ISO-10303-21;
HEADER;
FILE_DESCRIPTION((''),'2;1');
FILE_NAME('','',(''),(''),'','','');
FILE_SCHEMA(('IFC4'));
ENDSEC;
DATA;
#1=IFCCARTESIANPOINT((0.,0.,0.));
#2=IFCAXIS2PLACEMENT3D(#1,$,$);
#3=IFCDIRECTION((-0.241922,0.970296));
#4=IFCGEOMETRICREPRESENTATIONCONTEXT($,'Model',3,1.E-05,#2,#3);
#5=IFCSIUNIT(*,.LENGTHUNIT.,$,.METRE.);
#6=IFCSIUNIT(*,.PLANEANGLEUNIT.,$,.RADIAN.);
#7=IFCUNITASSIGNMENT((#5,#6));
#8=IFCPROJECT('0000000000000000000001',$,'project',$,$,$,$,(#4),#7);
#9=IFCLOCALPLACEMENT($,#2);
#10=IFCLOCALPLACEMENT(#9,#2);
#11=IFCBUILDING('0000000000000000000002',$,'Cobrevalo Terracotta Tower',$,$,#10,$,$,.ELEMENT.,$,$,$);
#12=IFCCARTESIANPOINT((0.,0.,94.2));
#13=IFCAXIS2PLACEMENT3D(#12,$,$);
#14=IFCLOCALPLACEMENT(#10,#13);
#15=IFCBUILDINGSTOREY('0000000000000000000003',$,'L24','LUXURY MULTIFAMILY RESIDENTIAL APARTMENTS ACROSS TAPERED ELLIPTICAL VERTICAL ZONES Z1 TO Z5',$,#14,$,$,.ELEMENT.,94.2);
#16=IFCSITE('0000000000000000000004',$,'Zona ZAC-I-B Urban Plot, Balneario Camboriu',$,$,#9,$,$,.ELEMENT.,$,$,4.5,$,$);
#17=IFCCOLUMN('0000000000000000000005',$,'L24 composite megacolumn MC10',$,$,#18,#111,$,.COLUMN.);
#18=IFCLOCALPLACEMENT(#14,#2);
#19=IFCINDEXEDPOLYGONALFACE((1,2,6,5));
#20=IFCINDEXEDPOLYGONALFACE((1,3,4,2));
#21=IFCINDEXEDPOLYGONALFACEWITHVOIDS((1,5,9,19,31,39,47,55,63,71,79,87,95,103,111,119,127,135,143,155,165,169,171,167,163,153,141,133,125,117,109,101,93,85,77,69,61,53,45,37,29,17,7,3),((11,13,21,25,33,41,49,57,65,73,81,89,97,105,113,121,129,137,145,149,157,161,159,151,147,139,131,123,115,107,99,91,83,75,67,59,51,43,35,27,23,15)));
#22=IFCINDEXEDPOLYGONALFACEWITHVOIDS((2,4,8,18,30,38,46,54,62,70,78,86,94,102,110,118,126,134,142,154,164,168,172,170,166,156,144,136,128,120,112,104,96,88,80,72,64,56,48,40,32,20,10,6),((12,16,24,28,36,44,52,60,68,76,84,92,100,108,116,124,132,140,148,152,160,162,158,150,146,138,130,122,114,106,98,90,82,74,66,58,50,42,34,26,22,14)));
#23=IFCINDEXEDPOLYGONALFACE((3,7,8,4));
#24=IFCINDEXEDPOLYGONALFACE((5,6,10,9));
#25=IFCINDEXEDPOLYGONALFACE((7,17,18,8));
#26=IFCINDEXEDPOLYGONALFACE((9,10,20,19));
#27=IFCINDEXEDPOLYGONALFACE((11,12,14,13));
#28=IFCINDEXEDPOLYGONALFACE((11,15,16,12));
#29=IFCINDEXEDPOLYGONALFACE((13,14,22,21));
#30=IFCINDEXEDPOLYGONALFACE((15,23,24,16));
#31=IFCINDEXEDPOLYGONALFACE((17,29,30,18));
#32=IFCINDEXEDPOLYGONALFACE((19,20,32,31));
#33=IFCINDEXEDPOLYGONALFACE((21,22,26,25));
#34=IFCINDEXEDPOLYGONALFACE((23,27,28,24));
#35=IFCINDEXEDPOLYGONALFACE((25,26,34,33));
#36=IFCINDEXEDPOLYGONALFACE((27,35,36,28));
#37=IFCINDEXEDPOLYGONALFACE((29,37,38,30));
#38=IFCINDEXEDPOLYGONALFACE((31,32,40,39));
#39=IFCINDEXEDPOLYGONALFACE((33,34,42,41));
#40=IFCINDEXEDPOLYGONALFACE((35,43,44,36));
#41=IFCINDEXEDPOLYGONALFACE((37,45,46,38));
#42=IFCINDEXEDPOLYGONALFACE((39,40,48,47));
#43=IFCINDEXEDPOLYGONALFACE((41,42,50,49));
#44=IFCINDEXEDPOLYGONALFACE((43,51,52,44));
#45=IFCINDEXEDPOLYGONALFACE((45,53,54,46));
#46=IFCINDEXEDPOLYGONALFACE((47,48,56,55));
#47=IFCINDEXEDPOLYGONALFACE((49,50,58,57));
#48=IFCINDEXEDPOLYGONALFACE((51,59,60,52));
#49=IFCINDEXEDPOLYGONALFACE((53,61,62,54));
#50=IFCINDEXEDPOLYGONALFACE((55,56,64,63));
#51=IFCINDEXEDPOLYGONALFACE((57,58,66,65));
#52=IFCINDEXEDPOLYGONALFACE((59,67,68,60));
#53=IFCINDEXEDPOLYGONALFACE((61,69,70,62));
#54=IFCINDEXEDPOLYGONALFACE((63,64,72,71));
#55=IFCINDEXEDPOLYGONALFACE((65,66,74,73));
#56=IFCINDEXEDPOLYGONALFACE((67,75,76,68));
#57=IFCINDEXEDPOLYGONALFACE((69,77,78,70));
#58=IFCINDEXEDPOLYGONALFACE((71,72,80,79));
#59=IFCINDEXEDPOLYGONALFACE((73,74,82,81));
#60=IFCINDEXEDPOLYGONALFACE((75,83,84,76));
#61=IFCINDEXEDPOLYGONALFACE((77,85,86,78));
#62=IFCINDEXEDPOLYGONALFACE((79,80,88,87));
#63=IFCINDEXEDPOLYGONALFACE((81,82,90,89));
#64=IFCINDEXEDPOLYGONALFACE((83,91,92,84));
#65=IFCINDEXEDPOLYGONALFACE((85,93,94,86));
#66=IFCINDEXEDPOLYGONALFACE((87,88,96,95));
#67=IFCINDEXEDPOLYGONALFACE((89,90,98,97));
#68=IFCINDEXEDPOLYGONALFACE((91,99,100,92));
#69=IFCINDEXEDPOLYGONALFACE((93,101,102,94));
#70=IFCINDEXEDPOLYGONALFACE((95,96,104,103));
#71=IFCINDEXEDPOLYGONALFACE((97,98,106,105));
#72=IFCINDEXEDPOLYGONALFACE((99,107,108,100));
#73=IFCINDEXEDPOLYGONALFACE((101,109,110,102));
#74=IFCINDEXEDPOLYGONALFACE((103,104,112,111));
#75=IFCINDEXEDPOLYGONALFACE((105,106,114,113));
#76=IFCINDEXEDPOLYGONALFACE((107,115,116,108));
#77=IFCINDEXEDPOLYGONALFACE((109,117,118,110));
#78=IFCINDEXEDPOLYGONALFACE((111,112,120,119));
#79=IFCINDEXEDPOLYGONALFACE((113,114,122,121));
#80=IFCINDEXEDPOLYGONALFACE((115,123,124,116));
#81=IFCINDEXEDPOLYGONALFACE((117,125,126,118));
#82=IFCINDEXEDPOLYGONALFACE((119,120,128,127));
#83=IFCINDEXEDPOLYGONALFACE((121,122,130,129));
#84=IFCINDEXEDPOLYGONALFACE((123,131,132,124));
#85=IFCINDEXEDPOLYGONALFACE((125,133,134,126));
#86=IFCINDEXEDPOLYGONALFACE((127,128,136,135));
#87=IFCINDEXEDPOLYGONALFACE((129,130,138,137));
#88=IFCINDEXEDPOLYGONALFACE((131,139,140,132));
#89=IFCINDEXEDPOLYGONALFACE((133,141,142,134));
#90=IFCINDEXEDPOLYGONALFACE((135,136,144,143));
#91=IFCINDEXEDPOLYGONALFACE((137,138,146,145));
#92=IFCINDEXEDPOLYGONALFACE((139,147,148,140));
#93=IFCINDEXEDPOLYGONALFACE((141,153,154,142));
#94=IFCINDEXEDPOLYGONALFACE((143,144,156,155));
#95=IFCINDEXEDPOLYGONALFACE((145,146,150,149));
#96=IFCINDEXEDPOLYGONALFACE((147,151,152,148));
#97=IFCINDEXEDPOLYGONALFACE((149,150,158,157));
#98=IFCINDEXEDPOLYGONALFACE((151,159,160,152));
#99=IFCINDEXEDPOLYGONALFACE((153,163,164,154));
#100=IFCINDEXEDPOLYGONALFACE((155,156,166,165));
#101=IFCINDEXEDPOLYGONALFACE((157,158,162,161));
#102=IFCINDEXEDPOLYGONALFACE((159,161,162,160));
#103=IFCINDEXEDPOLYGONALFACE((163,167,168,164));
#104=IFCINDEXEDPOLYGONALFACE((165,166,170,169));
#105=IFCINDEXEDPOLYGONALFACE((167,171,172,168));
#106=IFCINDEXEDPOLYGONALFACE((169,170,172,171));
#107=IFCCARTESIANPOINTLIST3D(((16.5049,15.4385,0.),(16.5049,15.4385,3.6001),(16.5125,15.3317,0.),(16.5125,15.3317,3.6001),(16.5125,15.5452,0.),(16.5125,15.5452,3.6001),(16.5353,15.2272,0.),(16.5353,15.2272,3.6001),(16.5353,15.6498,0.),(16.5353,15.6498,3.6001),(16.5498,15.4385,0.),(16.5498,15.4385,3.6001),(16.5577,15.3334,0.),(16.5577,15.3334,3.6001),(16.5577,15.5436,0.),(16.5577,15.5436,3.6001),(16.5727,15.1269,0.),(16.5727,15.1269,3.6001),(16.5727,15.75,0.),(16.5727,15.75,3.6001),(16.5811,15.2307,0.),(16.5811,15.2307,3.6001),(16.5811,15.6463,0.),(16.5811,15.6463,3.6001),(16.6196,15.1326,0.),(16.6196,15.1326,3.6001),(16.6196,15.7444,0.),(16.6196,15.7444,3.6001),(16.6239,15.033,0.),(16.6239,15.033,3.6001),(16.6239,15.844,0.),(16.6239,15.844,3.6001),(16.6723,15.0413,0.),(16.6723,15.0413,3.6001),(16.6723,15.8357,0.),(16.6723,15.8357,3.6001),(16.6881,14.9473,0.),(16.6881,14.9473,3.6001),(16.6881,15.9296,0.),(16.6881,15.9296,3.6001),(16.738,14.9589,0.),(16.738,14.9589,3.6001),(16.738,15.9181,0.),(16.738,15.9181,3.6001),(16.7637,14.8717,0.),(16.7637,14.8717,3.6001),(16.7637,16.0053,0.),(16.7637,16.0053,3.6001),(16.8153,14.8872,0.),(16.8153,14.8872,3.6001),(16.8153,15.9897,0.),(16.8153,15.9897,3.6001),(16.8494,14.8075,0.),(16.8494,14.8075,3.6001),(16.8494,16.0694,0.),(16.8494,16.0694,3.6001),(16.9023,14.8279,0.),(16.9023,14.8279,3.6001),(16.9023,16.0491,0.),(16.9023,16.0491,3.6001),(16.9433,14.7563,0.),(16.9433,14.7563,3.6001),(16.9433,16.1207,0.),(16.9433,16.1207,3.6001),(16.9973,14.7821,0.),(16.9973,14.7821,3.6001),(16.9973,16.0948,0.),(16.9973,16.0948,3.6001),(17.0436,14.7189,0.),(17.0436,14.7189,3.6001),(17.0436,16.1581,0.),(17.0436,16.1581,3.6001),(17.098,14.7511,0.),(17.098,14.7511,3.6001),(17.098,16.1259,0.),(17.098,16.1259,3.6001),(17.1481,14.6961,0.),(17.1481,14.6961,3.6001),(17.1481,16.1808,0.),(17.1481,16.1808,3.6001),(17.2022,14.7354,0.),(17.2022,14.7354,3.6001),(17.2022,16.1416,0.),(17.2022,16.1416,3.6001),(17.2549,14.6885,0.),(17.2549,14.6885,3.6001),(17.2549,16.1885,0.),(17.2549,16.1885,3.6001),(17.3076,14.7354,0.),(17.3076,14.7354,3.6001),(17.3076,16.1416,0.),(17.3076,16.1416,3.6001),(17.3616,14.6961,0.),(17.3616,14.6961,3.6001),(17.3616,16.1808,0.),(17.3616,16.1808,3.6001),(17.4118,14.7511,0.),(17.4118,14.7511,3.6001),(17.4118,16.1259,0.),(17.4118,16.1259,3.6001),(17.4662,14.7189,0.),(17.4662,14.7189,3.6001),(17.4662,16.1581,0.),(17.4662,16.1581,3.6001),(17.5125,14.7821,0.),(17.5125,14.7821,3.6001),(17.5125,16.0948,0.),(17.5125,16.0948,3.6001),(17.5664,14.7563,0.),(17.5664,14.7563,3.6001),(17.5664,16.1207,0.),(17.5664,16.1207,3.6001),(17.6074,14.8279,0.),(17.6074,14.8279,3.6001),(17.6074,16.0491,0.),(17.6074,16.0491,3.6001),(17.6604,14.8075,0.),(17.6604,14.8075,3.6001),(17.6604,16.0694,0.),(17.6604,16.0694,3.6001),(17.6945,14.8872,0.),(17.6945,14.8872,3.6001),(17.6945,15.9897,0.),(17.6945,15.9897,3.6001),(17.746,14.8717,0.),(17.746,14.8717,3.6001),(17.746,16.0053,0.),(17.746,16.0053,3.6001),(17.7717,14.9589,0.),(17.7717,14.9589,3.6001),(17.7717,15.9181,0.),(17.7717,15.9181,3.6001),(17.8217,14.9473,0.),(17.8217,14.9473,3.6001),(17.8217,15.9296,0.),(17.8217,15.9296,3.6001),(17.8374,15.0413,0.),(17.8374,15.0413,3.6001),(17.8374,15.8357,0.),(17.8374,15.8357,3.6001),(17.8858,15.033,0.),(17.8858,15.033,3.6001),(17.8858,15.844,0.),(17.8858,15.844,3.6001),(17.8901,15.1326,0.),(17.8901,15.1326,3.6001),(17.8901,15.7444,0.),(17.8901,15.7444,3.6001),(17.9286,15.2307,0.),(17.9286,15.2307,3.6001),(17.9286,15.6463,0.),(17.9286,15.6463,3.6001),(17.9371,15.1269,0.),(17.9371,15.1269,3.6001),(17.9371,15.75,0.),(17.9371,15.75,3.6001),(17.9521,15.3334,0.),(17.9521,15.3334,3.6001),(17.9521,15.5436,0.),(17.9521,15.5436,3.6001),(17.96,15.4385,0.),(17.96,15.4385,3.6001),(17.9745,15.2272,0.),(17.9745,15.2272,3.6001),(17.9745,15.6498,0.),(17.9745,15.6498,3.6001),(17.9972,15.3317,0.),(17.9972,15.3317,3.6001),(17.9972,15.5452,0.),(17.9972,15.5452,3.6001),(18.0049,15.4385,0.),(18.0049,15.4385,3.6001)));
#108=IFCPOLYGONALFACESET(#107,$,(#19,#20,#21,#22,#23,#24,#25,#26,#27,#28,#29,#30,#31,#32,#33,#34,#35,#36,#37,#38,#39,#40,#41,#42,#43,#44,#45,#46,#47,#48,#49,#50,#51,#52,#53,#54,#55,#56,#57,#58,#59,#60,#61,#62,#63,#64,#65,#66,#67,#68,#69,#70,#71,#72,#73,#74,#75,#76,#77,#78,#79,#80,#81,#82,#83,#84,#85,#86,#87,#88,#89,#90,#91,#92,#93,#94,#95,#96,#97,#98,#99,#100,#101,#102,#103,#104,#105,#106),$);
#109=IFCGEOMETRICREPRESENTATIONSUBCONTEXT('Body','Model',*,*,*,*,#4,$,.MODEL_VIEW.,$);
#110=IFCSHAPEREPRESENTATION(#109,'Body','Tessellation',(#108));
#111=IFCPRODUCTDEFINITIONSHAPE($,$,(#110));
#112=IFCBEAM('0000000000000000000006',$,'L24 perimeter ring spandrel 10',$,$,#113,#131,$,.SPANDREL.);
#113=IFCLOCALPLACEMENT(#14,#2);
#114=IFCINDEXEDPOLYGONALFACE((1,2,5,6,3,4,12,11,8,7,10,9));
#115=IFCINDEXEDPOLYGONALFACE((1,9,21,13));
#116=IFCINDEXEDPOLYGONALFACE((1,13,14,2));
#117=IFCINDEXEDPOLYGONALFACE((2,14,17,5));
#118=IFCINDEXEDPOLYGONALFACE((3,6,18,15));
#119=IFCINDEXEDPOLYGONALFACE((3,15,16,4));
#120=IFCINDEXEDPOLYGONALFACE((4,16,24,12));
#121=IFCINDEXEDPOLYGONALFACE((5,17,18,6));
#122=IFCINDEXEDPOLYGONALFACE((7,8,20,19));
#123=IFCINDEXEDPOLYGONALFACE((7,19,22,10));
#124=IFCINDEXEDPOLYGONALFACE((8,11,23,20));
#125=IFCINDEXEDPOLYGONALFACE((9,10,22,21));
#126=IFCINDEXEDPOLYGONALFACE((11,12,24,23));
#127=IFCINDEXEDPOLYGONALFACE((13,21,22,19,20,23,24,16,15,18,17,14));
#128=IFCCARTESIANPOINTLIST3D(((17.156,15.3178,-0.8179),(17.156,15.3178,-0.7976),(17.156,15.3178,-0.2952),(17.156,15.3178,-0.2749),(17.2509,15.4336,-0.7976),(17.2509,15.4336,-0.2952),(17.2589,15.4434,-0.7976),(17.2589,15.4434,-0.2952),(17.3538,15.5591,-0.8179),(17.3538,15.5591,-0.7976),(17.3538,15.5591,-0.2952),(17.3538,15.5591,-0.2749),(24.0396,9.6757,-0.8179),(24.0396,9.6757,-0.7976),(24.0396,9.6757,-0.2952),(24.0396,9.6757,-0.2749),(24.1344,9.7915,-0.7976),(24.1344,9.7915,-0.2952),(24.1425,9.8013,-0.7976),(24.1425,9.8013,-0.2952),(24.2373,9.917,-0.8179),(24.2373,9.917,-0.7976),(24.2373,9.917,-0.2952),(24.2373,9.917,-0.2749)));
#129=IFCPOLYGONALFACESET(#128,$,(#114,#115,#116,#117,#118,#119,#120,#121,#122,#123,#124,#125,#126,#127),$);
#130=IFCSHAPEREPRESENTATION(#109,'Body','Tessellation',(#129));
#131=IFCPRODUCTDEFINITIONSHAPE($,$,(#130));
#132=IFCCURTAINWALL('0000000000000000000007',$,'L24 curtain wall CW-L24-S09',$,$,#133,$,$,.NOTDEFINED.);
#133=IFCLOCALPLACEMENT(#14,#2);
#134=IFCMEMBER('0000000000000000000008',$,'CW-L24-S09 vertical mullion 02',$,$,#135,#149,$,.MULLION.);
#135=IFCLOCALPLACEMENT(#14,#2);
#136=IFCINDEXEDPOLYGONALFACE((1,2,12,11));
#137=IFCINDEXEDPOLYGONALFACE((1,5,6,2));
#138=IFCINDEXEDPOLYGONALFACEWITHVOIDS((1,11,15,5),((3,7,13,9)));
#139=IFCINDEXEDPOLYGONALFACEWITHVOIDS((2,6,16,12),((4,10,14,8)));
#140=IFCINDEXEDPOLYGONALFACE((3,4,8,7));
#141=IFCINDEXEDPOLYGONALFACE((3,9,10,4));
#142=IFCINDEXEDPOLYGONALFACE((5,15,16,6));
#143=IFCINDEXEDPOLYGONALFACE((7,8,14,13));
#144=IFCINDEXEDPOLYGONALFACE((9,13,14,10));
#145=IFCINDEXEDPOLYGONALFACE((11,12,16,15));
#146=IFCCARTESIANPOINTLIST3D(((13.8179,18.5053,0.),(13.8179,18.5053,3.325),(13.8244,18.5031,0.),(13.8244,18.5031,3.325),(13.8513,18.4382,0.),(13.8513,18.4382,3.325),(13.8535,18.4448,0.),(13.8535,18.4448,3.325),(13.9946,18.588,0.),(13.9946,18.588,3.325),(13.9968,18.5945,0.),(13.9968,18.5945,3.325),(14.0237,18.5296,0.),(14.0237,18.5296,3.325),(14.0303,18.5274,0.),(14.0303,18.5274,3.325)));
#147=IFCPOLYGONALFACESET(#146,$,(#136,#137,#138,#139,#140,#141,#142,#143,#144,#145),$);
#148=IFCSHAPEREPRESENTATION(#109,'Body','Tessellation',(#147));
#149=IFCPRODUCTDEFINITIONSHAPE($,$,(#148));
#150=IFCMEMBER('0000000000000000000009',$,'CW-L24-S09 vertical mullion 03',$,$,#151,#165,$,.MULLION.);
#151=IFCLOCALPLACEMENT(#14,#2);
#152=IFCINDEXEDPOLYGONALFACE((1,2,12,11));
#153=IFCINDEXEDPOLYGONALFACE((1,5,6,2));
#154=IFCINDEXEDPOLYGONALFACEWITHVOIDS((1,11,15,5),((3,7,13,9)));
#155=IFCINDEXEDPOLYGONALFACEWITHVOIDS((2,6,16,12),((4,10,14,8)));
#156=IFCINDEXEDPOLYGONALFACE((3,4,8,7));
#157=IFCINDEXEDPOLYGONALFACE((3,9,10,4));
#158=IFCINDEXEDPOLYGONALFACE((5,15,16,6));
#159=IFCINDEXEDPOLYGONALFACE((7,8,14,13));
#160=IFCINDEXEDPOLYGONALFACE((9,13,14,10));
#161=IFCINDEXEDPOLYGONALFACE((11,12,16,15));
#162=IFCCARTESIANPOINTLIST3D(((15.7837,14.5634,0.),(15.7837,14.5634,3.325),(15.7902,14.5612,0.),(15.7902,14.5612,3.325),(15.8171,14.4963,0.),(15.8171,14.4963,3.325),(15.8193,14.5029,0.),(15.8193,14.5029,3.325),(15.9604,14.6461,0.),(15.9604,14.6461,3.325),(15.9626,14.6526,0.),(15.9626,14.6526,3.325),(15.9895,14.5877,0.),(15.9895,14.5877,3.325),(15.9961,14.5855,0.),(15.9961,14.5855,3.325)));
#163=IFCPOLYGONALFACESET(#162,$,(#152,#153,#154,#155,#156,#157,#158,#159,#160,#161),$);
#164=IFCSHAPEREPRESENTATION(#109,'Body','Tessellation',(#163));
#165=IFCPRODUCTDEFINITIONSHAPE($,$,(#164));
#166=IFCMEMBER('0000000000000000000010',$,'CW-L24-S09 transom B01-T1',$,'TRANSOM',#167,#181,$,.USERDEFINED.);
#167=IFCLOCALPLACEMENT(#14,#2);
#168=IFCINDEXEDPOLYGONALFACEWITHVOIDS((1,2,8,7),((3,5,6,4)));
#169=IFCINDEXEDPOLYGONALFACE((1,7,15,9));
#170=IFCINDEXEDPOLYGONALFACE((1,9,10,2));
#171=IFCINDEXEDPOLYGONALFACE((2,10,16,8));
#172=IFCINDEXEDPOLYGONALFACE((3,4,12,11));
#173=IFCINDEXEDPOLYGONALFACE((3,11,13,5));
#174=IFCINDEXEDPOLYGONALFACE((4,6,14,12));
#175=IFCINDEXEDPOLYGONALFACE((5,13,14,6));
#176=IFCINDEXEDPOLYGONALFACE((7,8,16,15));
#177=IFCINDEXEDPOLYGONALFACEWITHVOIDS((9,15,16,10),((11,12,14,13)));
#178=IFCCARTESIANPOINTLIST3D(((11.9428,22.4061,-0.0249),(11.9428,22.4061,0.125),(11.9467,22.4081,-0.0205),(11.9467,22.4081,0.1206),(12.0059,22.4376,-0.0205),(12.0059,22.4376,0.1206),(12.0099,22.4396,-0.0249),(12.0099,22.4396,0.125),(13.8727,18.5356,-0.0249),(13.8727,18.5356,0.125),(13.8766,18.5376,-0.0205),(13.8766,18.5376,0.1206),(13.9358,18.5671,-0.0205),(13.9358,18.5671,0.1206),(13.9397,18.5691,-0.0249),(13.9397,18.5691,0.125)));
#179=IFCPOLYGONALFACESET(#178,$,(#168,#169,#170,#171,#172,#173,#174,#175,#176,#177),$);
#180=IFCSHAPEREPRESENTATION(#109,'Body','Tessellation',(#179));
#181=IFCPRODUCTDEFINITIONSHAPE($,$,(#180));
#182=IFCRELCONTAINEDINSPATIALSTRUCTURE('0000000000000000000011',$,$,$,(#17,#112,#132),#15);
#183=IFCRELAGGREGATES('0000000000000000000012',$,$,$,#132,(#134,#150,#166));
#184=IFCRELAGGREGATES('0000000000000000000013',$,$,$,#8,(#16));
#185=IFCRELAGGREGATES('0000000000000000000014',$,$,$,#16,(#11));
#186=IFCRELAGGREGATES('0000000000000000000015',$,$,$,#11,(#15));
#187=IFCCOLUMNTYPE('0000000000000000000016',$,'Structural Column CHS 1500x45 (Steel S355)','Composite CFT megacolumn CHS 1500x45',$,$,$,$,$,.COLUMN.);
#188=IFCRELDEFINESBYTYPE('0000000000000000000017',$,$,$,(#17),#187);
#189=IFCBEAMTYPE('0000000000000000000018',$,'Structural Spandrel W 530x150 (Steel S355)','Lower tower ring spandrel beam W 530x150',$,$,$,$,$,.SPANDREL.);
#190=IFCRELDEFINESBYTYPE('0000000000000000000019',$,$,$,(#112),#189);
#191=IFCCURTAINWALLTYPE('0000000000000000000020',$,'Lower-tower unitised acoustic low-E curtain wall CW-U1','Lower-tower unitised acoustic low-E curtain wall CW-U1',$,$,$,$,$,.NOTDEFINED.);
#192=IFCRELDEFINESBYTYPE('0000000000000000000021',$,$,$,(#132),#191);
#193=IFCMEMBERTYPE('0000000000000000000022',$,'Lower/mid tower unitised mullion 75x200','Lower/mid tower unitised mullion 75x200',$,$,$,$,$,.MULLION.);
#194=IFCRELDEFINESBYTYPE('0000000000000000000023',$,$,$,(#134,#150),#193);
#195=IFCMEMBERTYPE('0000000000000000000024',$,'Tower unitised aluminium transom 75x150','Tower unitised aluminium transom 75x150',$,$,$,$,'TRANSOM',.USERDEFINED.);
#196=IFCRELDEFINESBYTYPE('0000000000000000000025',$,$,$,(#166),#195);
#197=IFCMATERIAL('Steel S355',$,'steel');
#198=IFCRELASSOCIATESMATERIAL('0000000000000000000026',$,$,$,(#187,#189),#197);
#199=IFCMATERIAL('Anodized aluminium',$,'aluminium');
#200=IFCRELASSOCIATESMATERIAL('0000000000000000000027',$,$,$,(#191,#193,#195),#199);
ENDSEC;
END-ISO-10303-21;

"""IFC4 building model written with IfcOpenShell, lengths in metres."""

from ifc_helpers import new_model, si_unit, direction, frame, origin, origin_2d, place, context, subcontext, project, spatial, hollow_rectangle, hollow_circle, i_section, extrude, source, transform, mapped, material, material_profile, profile_set, type_object, element, aggregate, save


model = new_model("IFC4")

# Units and contexts
model_context = context("Model", 3, precision=1e-05, world=origin(), true_north=direction((-0.241922, 0.970296)))
body_context = subcontext(model_context, "Body", "Model", "MODEL_VIEW")
ifc_project = project(units=[si_unit("LENGTHUNIT", "METRE"), si_unit("PLANEANGLEUNIT", "RADIAN")], contexts=[model_context])

# Site, building, storey
site_placement = place(None, origin())
site = spatial("IfcSite", under=ifc_project, at=site_placement, Name="Zona ZAC-I-B Urban Plot, Balneario Camboriu", CompositionType="ELEMENT", RefElevation=4.5)
building_placement = place(site_placement, origin())
building = spatial("IfcBuilding", under=site, at=building_placement, Name="Cobrevalo Terracotta Tower", CompositionType="ELEMENT")
storey_placement = place(building_placement, frame((0.0, 0.0, 94.2)))
storey = spatial("IfcBuildingStorey", under=building, at=storey_placement, Name="L24", Description="LUXURY MULTIFAMILY RESIDENTIAL APARTMENTS ACROSS TAPERED ELLIPTICAL VERTICAL ZONES Z1 TO Z5", CompositionType="ELEMENT", Elevation=94.2)

# Column
ifc_material_1 = material(Name="Steel S355", Category="steel")
ifc_material_profile_1 = material_profile(ifc_material_1, hollow_circle(Radius=0.75, WallThickness=0.0449, at=origin_2d()), Name="CHS 1500x45")
ifc_profile_set_1 = profile_set([ifc_material_profile_1], Name="Steel S355")
column_type = type_object("IfcColumnType", Name="Structural Column CHS 1500x45 (Steel S355)", Description="Composite CFT megacolumn CHS 1500x45", PredefinedType="COLUMN", material=ifc_profile_set_1)
column_placement = place(storey_placement, frame((17.2549, 15.4385, 0.0), z_axis=(0.0, 0.0, 1.0), x_axis=(1.0, 0.0, 0.0)))
element("IfcColumn", 1, at=column_placement, inside=storey, type_object=column_type, Name="L24 composite megacolumn MC10", PredefinedType="COLUMN", context=body_context, shape_type="SweptSolid", body=[
    extrude(hollow_circle(Radius=0.75, WallThickness=0.0449, at=origin_2d()), origin(), (0.0, 0.0, 1.0), 3.6001),
])

# Beam
ifc_material_profile_2 = material_profile(ifc_material_1, i_section(OverallWidth=0.312, OverallDepth=0.543, WebThickness=0.0127, FlangeThickness=0.0203, at=origin_2d()), Name="W 530x150")
ifc_profile_set_2 = profile_set([ifc_material_profile_2], Name="Steel S355")
beam_type = type_object("IfcBeamType", Name="Structural Spandrel W 530x150 (Steel S355)", Description="Lower tower ring spandrel beam W 530x150", PredefinedType="SPANDREL", material=ifc_profile_set_2)
beam_placement = place(storey_placement, frame((17.2549, 15.4385, -0.5464), z_axis=(0.773401, -0.633917, 0.0), x_axis=(0.633917, 0.773401, 0.0)))
element("IfcBeam", 2, at=beam_placement, inside=storey, type_object=beam_type, Name="L24 perimeter ring spandrel 10", PredefinedType="SPANDREL", context=body_context, shape_type="SweptSolid", body=[
    extrude(i_section(OverallWidth=0.312, OverallDepth=0.543, WebThickness=0.0127, FlangeThickness=0.0203, at=origin_2d()), origin(), (0.0, 0.0, 1.0), 8.9004),
])

# Curtain wall, members
ifc_material_2 = material(Name="Anodized aluminium", Category="aluminium")
curtain_wall_type = type_object("IfcCurtainWallType", Name="Lower-tower unitised acoustic low-E curtain wall CW-U1", Description="Lower-tower unitised acoustic low-E curtain wall CW-U1", PredefinedType="NOTDEFINED", material=ifc_material_2)
curtain_wall_placement = place(storey_placement, origin())
curtain_wall = element("IfcCurtainWall", 3, at=curtain_wall_placement, inside=storey, type_object=curtain_wall_type, Name="L24 curtain wall CW-L24-S09", PredefinedType="NOTDEFINED")
ifc_material_profile_3 = material_profile(ifc_material_2, hollow_rectangle(XDim=0.075, YDim=0.2, WallThickness=0.0049, at=origin_2d()), Name="CWM 75x200")
ifc_profile_set_3 = profile_set([ifc_material_profile_3], Name="Anodized aluminium")
member_type_1 = type_object("IfcMemberType", Name="Lower/mid tower unitised mullion 75x200", Description="Lower/mid tower unitised mullion 75x200", PredefinedType="MULLION", material=ifc_profile_set_3)
shared_shape_1 = source(origin(), body_context, "Body", "SweptSolid", [
    extrude(hollow_rectangle(XDim=0.075, YDim=0.2, WallThickness=0.0049, at=origin_2d()), origin(), (0.0, 0.0, 1.0), 3.325),
])
member_1_placement = place(storey_placement, frame((13.9241, 18.5164, 0.0), z_axis=(0.0, 0.0, 1.0), x_axis=(0.44626, -0.894903, 0.0)))
member_1 = element("IfcMember", 4, at=member_1_placement, type_object=member_type_1, Name="CW-L24-S09 vertical mullion 02", PredefinedType="MULLION", context=body_context, shape_type="MappedRepresentation", body=[
    mapped(shared_shape_1, transform((0.0, 0.0, 0.0), scale=1.0)),
])
member_2_placement = place(storey_placement, frame((15.8899, 14.5745, 0.0), z_axis=(0.0, 0.0, 1.0), x_axis=(0.44626, -0.894903, 0.0)))
member_2 = element("IfcMember", 5, at=member_2_placement, type_object=member_type_1, Name="CW-L24-S09 vertical mullion 03", PredefinedType="MULLION", context=body_context, shape_type="MappedRepresentation", body=[
    mapped(shared_shape_1, transform((0.0, 0.0, 0.0), scale=1.0)),
])
ifc_material_profile_4 = material_profile(ifc_material_2, hollow_rectangle(XDim=0.075, YDim=0.1499, WallThickness=0.0044, at=origin_2d()), Name="CWT 75x150")
ifc_profile_set_4 = profile_set([ifc_material_profile_4], Name="Anodized aluminium")
member_type_2 = type_object("IfcMemberType", Name="Tower unitised aluminium transom 75x150", Description="Tower unitised aluminium transom 75x150", ElementType="TRANSOM", PredefinedType="USERDEFINED", material=ifc_profile_set_4)
shared_shape_2 = source(origin(), body_context, "Body", "SweptSolid", [
    extrude(hollow_rectangle(XDim=0.075, YDim=0.1499, WallThickness=0.0044, at=origin_2d()), origin(), (0.0, 0.0, 1.0), 4.325),
])
member_3_placement = place(storey_placement, frame((11.9763, 22.4229, 0.05), z_axis=(0.44622, -0.894923, 0.0), x_axis=(0.894923, 0.44622, 0.0)))
member_3 = element("IfcMember", 6, at=member_3_placement, type_object=member_type_2, Name="CW-L24-S09 transom B01-T1", ObjectType="TRANSOM", PredefinedType="USERDEFINED", context=body_context, shape_type="MappedRepresentation", body=[
    mapped(shared_shape_2, transform((0.0, 0.0, 0.0), scale=1.0)),
])

aggregate(curtain_wall, [member_1, member_2, member_3])

save(model, "model.ifc")
